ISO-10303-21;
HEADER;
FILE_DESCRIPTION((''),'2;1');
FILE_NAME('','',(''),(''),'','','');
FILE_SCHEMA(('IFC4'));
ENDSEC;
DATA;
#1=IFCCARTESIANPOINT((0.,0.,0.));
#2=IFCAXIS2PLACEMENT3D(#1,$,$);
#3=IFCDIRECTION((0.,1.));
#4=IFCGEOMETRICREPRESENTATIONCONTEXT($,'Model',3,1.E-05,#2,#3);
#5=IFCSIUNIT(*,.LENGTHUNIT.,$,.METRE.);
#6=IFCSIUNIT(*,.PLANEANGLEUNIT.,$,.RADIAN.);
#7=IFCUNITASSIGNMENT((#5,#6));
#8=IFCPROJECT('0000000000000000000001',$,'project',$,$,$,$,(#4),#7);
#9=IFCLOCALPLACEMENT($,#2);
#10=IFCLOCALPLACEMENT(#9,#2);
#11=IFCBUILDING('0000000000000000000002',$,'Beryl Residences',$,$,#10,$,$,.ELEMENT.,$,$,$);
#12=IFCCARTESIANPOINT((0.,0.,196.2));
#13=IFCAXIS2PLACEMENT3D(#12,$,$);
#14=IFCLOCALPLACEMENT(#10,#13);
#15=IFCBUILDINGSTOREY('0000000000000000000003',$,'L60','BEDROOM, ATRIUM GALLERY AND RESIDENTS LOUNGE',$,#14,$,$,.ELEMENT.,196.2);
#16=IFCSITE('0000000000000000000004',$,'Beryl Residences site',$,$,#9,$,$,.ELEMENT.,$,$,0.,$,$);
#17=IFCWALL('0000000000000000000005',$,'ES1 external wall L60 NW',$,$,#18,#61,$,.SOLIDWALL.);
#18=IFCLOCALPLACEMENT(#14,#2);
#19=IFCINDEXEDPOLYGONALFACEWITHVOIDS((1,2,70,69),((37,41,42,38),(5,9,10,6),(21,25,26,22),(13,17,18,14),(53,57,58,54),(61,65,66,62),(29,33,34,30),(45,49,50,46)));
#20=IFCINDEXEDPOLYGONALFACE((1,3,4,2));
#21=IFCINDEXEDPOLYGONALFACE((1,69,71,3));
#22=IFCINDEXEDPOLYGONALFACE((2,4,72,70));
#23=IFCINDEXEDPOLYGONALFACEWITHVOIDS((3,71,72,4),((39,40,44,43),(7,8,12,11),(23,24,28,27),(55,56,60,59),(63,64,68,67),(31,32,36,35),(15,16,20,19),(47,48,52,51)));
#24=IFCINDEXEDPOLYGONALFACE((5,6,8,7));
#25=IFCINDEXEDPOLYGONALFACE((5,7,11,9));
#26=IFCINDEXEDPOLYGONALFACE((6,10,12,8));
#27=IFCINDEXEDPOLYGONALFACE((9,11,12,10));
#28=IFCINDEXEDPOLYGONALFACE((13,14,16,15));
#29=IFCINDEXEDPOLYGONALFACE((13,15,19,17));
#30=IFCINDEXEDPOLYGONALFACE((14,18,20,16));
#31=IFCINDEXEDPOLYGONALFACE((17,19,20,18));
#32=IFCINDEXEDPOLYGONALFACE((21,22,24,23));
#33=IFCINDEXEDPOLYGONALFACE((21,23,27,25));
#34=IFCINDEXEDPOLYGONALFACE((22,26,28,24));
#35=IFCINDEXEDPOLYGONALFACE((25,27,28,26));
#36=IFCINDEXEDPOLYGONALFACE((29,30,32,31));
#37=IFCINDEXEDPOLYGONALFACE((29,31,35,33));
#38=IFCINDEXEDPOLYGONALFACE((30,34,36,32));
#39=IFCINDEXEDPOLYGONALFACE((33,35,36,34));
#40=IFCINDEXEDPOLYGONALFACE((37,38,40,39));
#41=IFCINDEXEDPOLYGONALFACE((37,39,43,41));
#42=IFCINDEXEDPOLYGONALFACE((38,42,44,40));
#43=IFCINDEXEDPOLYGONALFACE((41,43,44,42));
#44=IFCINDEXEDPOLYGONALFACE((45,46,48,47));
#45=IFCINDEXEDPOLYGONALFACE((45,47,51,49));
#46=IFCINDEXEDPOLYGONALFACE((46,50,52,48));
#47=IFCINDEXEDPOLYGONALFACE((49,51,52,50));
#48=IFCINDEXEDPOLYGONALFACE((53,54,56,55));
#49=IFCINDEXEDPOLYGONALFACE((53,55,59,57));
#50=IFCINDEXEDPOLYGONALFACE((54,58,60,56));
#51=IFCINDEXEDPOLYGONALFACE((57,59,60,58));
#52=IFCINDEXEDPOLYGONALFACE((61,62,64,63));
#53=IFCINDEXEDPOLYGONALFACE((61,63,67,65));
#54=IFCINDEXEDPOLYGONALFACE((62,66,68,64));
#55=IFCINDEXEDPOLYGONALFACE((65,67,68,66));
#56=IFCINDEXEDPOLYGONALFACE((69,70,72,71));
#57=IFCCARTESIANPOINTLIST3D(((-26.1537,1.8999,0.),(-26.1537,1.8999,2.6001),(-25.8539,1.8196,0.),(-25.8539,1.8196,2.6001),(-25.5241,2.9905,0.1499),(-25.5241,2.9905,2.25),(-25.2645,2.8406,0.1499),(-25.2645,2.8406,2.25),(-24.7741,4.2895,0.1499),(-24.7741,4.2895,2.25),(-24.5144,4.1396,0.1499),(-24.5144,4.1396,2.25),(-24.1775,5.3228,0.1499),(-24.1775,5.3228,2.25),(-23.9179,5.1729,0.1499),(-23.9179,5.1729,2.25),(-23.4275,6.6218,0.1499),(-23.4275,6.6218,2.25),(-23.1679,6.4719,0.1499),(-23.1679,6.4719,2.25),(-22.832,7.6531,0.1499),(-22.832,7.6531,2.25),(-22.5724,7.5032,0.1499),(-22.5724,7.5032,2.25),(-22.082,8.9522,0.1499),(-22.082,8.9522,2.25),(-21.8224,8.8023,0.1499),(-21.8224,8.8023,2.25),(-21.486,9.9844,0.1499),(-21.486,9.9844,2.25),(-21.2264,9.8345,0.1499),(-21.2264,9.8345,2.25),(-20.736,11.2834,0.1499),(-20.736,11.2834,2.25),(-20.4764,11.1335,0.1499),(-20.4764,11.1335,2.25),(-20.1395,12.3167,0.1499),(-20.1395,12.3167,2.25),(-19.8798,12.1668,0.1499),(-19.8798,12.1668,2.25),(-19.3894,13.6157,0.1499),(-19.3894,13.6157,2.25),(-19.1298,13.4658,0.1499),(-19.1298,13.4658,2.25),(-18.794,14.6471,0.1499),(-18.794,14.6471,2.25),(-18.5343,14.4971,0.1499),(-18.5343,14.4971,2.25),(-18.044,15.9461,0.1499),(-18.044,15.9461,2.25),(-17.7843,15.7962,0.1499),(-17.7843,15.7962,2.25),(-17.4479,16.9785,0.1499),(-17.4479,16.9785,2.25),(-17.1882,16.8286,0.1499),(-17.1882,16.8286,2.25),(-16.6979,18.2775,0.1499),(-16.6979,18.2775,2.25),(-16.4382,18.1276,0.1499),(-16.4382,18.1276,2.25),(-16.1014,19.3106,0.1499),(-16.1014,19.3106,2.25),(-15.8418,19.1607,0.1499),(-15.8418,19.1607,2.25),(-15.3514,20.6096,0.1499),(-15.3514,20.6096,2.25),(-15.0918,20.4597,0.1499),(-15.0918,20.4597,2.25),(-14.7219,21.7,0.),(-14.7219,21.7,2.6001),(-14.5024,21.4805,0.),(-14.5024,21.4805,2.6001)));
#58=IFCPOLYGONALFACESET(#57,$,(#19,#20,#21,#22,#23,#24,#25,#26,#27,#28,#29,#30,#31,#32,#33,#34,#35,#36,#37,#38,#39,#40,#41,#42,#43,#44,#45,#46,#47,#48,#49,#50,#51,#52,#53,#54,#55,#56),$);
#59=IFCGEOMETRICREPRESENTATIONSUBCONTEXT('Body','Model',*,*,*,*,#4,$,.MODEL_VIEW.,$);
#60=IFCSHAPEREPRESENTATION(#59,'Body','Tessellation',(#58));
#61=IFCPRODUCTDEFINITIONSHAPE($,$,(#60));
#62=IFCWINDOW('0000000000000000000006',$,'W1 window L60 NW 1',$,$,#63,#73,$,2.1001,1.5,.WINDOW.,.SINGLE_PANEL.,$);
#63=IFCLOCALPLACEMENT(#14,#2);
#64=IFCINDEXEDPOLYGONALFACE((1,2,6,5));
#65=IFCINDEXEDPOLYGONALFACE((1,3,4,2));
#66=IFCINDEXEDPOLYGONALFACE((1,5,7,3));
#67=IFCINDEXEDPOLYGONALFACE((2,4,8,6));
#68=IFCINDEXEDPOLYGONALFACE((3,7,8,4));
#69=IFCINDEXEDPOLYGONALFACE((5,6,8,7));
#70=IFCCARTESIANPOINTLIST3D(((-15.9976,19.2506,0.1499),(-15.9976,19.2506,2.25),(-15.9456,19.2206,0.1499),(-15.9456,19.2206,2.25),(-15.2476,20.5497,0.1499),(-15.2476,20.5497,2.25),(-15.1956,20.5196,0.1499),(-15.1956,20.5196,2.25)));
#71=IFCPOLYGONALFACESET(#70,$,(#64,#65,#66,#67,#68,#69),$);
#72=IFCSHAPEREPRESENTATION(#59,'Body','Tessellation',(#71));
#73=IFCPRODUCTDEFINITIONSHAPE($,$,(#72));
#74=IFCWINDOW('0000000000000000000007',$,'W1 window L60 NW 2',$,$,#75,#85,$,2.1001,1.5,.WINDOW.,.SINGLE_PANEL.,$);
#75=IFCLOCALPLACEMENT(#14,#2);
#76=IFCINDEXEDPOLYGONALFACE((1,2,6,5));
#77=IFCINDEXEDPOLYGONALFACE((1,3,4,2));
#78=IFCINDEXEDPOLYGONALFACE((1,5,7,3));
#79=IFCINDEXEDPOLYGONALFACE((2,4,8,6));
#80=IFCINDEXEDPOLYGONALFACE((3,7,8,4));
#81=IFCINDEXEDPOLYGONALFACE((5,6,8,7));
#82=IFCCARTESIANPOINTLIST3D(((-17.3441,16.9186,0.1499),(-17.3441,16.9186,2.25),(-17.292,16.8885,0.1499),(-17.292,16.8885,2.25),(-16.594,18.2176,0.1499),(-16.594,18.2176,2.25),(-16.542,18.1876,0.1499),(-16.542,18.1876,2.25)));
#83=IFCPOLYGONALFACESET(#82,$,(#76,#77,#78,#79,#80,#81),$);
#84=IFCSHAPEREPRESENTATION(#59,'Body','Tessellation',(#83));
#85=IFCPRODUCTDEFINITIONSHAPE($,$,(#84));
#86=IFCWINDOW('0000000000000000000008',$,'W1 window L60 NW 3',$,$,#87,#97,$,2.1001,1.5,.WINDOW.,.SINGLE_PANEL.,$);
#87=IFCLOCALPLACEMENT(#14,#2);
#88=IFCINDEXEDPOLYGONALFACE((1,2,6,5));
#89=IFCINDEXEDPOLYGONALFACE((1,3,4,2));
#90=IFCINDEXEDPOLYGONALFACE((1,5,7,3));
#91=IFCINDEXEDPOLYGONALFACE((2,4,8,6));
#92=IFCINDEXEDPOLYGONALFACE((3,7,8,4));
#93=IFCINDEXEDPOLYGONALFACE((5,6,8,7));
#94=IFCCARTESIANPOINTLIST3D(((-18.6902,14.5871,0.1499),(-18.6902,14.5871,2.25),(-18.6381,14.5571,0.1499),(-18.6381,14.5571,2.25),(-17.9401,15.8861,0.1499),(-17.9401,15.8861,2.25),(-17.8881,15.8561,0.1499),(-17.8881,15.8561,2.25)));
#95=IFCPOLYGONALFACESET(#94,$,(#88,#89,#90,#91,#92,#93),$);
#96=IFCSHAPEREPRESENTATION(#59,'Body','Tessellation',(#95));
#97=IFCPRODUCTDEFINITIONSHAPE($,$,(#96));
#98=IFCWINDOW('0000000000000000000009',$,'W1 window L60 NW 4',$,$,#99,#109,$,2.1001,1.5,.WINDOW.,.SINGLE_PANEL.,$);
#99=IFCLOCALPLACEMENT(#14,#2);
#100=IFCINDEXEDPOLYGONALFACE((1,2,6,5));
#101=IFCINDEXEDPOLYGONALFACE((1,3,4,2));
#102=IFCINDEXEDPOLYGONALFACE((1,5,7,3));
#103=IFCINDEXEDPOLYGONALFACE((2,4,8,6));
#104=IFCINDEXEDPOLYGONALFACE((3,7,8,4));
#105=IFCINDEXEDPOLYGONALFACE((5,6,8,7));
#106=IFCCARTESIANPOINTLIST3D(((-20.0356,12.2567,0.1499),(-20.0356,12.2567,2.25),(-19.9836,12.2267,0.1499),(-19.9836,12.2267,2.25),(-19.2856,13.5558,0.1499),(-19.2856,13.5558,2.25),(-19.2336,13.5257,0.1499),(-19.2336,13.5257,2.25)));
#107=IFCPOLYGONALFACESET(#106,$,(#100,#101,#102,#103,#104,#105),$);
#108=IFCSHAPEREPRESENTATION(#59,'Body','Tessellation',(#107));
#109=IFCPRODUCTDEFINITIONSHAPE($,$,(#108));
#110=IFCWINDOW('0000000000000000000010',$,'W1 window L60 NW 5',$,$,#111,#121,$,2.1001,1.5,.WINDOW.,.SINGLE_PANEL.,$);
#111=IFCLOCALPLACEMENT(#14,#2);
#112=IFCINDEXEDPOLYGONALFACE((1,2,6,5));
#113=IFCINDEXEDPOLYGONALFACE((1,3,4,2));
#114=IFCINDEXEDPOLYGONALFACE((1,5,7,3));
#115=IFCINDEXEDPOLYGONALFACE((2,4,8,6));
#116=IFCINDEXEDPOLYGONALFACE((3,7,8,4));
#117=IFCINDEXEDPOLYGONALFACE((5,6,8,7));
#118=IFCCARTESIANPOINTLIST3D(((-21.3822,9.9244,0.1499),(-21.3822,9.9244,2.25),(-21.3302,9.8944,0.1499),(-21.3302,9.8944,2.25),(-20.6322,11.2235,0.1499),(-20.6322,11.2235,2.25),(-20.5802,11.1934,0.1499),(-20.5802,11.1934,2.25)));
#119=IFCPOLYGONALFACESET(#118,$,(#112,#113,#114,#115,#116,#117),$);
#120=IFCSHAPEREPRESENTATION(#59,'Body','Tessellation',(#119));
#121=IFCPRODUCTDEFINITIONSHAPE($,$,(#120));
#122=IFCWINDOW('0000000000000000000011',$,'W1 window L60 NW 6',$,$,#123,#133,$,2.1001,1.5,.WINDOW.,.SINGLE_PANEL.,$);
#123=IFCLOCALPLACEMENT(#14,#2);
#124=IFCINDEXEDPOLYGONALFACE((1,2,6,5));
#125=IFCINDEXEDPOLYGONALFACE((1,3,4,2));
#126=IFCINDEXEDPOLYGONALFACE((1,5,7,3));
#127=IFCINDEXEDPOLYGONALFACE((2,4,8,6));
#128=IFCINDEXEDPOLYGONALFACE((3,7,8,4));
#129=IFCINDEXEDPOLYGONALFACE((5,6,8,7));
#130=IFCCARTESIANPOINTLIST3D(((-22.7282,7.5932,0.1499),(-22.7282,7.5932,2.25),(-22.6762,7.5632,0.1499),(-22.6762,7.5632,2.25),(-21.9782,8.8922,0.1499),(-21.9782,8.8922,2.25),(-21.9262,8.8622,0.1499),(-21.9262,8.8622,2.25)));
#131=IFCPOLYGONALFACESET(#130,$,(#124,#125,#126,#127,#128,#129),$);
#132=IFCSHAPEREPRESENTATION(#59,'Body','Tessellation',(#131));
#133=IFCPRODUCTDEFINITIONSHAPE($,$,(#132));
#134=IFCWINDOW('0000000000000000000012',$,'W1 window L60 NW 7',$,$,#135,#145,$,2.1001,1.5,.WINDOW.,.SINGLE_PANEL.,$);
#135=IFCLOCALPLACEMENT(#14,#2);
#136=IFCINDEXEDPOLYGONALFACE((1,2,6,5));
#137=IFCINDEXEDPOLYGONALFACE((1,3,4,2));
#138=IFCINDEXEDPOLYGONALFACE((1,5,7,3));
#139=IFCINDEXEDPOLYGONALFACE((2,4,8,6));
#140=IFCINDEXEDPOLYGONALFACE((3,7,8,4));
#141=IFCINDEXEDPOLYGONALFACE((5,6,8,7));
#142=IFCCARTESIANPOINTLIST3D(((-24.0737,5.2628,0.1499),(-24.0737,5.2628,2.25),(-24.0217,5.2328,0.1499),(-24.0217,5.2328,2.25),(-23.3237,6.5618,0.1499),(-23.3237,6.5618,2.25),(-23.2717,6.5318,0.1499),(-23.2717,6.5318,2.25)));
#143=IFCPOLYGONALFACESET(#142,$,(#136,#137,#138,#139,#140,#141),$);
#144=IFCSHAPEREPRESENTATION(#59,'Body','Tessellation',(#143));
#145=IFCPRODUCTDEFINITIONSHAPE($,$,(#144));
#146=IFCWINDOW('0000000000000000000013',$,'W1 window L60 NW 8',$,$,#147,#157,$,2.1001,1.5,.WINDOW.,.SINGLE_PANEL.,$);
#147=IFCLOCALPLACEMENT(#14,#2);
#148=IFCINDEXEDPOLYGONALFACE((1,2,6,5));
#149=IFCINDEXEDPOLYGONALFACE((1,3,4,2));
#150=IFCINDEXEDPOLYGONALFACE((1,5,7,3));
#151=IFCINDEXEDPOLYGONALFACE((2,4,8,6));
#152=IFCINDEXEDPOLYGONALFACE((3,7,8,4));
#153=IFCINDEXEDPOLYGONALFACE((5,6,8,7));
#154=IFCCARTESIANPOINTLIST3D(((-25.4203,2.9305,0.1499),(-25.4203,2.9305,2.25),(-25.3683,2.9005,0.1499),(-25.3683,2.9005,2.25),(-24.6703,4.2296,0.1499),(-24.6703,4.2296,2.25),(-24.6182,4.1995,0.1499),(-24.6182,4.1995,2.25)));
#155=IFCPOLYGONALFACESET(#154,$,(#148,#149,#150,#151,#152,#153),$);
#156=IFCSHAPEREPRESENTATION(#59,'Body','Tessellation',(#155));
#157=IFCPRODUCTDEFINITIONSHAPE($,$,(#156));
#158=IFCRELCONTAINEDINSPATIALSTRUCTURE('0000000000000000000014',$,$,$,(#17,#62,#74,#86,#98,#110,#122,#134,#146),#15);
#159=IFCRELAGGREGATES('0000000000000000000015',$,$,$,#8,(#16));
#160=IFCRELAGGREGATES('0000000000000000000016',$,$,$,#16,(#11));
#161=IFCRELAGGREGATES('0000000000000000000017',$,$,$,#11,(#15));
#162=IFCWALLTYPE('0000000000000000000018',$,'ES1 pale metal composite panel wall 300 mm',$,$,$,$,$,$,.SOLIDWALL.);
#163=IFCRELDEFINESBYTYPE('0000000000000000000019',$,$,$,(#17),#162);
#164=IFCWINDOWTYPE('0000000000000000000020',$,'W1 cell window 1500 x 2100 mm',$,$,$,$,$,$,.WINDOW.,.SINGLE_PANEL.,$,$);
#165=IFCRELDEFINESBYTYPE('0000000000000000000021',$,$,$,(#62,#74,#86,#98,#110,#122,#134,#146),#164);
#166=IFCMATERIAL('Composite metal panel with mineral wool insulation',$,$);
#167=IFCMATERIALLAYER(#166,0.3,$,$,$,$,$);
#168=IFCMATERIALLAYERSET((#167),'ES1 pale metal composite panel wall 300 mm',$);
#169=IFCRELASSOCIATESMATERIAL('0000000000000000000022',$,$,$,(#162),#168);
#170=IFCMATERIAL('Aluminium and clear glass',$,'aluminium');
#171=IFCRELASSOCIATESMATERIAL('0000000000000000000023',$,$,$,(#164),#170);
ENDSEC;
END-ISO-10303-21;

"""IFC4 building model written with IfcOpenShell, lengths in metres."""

from ifc_helpers import new_model, si_unit, direction, frame, frame_2d, origin, place, context, subcontext, project, spatial, polyline, rectangle, outline, extrude, material, layer, layer_set, type_object, element, fill, save


model = new_model("IFC4")

# Units and contexts
model_context = context("Model", 3, precision=1e-05, world=origin(), true_north=direction((0.0, 1.0)))
body_context = subcontext(model_context, "Body", "Model", "MODEL_VIEW")
ifc_project = project(units=[si_unit("LENGTHUNIT", "METRE"), si_unit("PLANEANGLEUNIT", "RADIAN")], contexts=[model_context])

# Site, building, storey
site_placement = place(None, origin())
site = spatial("IfcSite", under=ifc_project, at=site_placement, Name="Beryl Residences site", CompositionType="ELEMENT", RefElevation=0.0)
building_placement = place(site_placement, origin())
building = spatial("IfcBuilding", under=site, at=building_placement, Name="Beryl Residences", CompositionType="ELEMENT")
storey_placement = place(building_placement, frame((0.0, 0.0, 196.2)))
storey = spatial("IfcBuildingStorey", under=building, at=storey_placement, Name="L60", Description="BEDROOM, ATRIUM GALLERY AND RESIDENTS LOUNGE", CompositionType="ELEMENT", Elevation=196.2)

# Wall, openings, windows
ifc_material_1 = material(Name="Composite metal panel with mineral wool insulation")
ifc_layer_1 = layer(ifc_material_1, 0.3)
ifc_layer_set_1 = layer_set([ifc_layer_1], Name="ES1 pale metal composite panel wall 300 mm")
wall_type_1 = type_object("IfcWallType", Name="ES1 pale metal composite panel wall 300 mm", PredefinedType="SOLIDWALL", material=ifc_layer_set_1)
wall_1_placement = place(storey_placement, frame((-14.592, 21.625, 0.0), z_axis=(0.0, 0.0, 1.0), x_axis=(-0.500011, -0.866019, 0.0)))
wall_1 = element("IfcWall", 1, at=wall_1_placement, inside=storey, type_object=wall_type_1, Name="ES1 external wall L60 NW", PredefinedType="SOLIDWALL", context=body_context, shape_type="SweptSolid", body=[
    extrude(outline(polyline([(0.0, -0.1499), (22.8633, -0.1499), (22.783, 0.1499), (0.0803, 0.1499), (0.0, -0.1499)])), origin(), (0.0, 0.0, 1.0), 2.6001),
])
opening_1_placement = place(wall_1_placement, frame((1.259, 0.0, 0.1499)))
opening_1 = element("IfcOpeningElement", 2, at=opening_1_placement, cuts=wall_1, PredefinedType="OPENING", context=body_context, shape_type="SweptSolid", body=[
    extrude(rectangle(XDim=1.5, YDim=2.1001, at=frame_2d((0.75, 1.05))), frame((0.0, 0.1599, 0.0), z_axis=(0.0, -1.0, 0.0), x_axis=(1.0, 0.0, 0.0)), (0.0, 0.0, 1.0), 0.3201),
])
opening_2_placement = place(wall_1_placement, frame((3.9519, 0.0, 0.1499)))
opening_2 = element("IfcOpeningElement", 3, at=opening_2_placement, cuts=wall_1, PredefinedType="OPENING", context=body_context, shape_type="SweptSolid", body=[
    extrude(rectangle(XDim=1.5, YDim=2.1001, at=frame_2d((0.75, 1.05))), frame((0.0, 0.1599, 0.0), z_axis=(0.0, -1.0, 0.0), x_axis=(1.0, 0.0, 0.0)), (0.0, 0.0, 1.0), 0.3201),
])
opening_3_placement = place(wall_1_placement, frame((6.644, 0.0, 0.1499)))
opening_3 = element("IfcOpeningElement", 4, at=opening_3_placement, cuts=wall_1, PredefinedType="OPENING", context=body_context, shape_type="SweptSolid", body=[
    extrude(rectangle(XDim=1.5, YDim=2.1001, at=frame_2d((0.75, 1.05))), frame((0.0, 0.1599, 0.0), z_axis=(0.0, -1.0, 0.0), x_axis=(1.0, 0.0, 0.0)), (0.0, 0.0, 1.0), 0.3201),
])
opening_4_placement = place(wall_1_placement, frame((9.335, 0.0, 0.1499)))
opening_4 = element("IfcOpeningElement", 5, at=opening_4_placement, cuts=wall_1, PredefinedType="OPENING", context=body_context, shape_type="SweptSolid", body=[
    extrude(rectangle(XDim=1.5, YDim=2.1001, at=frame_2d((0.75, 1.05))), frame((0.0, 0.1599, 0.0), z_axis=(0.0, -1.0, 0.0), x_axis=(1.0, 0.0, 0.0)), (0.0, 0.0, 1.0), 0.3201),
])
opening_5_placement = place(wall_1_placement, frame((12.0281, 0.0, 0.1499)))
opening_5 = element("IfcOpeningElement", 6, at=opening_5_placement, cuts=wall_1, PredefinedType="OPENING", context=body_context, shape_type="SweptSolid", body=[
    extrude(rectangle(XDim=1.5, YDim=2.1001, at=frame_2d((0.75, 1.05))), frame((0.0, 0.1599, 0.0), z_axis=(0.0, -1.0, 0.0), x_axis=(1.0, 0.0, 0.0)), (0.0, 0.0, 1.0), 0.3201),
])
opening_6_placement = place(wall_1_placement, frame((14.72, 0.0, 0.1499)))
opening_6 = element("IfcOpeningElement", 7, at=opening_6_placement, cuts=wall_1, PredefinedType="OPENING", context=body_context, shape_type="SweptSolid", body=[
    extrude(rectangle(XDim=1.5, YDim=2.1001, at=frame_2d((0.75, 1.05))), frame((0.0, 0.1599, 0.0), z_axis=(0.0, -1.0, 0.0), x_axis=(1.0, 0.0, 0.0)), (0.0, 0.0, 1.0), 0.3201),
])
opening_7_placement = place(wall_1_placement, frame((17.4109, 0.0, 0.1499)))
opening_7 = element("IfcOpeningElement", 8, at=opening_7_placement, cuts=wall_1, PredefinedType="OPENING", context=body_context, shape_type="SweptSolid", body=[
    extrude(rectangle(XDim=1.5, YDim=2.1001, at=frame_2d((0.75, 1.05))), frame((0.0, 0.1599, 0.0), z_axis=(0.0, -1.0, 0.0), x_axis=(1.0, 0.0, 0.0)), (0.0, 0.0, 1.0), 0.3201),
])
opening_8_placement = place(wall_1_placement, frame((20.104, 0.0, 0.1499)))
opening_8 = element("IfcOpeningElement", 9, at=opening_8_placement, cuts=wall_1, PredefinedType="OPENING", context=body_context, shape_type="SweptSolid", body=[
    extrude(rectangle(XDim=1.5, YDim=2.1001, at=frame_2d((0.75, 1.05))), frame((0.0, 0.1599, 0.0), z_axis=(0.0, -1.0, 0.0), x_axis=(1.0, 0.0, 0.0)), (0.0, 0.0, 1.0), 0.3201),
])
ifc_material_2 = material(Name="Aluminium and clear glass", Category="aluminium")
window_type = type_object("IfcWindowType", Name="W1 cell window 1500 x 2100 mm", PartitioningType="SINGLE_PANEL", PredefinedType="WINDOW", material=ifc_material_2)
window_1_placement = place(opening_1_placement, origin())
window_1 = element("IfcWindow", 10, at=window_1_placement, inside=storey, type_object=window_type, Name="W1 window L60 NW 1", OverallHeight=2.1001, OverallWidth=1.5, PartitioningType="SINGLE_PANEL", PredefinedType="WINDOW", context=body_context, shape_type="SweptSolid", body=[
    extrude(rectangle(XDim=1.5, YDim=2.1001, at=frame_2d((0.75, 1.05))), frame((0.0, 0.03, 0.0), z_axis=(0.0, -1.0, 0.0), x_axis=(1.0, 0.0, 0.0)), (0.0, 0.0, 1.0), 0.0601),
])
fill(opening_1, window_1)
window_2_placement = place(opening_2_placement, origin())
window_2 = element("IfcWindow", 11, at=window_2_placement, inside=storey, type_object=window_type, Name="W1 window L60 NW 2", OverallHeight=2.1001, OverallWidth=1.5, PartitioningType="SINGLE_PANEL", PredefinedType="WINDOW", context=body_context, shape_type="SweptSolid", body=[
    extrude(rectangle(XDim=1.5, YDim=2.1001, at=frame_2d((0.75, 1.05))), frame((0.0, 0.03, 0.0), z_axis=(0.0, -1.0, 0.0), x_axis=(1.0, 0.0, 0.0)), (0.0, 0.0, 1.0), 0.0601),
])
fill(opening_2, window_2)
window_3_placement = place(opening_3_placement, origin())
window_3 = element("IfcWindow", 12, at=window_3_placement, inside=storey, type_object=window_type, Name="W1 window L60 NW 3", OverallHeight=2.1001, OverallWidth=1.5, PartitioningType="SINGLE_PANEL", PredefinedType="WINDOW", context=body_context, shape_type="SweptSolid", body=[
    extrude(rectangle(XDim=1.5, YDim=2.1001, at=frame_2d((0.75, 1.05))), frame((0.0, 0.03, 0.0), z_axis=(0.0, -1.0, 0.0), x_axis=(1.0, 0.0, 0.0)), (0.0, 0.0, 1.0), 0.0601),
])
fill(opening_3, window_3)
window_4_placement = place(opening_4_placement, origin())
window_4 = element("IfcWindow", 13, at=window_4_placement, inside=storey, type_object=window_type, Name="W1 window L60 NW 4", OverallHeight=2.1001, OverallWidth=1.5, PartitioningType="SINGLE_PANEL", PredefinedType="WINDOW", context=body_context, shape_type="SweptSolid", body=[
    extrude(rectangle(XDim=1.5, YDim=2.1001, at=frame_2d((0.75, 1.05))), frame((0.0, 0.03, 0.0), z_axis=(0.0, -1.0, 0.0), x_axis=(1.0, 0.0, 0.0)), (0.0, 0.0, 1.0), 0.0601),
])
fill(opening_4, window_4)
window_5_placement = place(opening_5_placement, origin())
window_5 = element("IfcWindow", 14, at=window_5_placement, inside=storey, type_object=window_type, Name="W1 window L60 NW 5", OverallHeight=2.1001, OverallWidth=1.5, PartitioningType="SINGLE_PANEL", PredefinedType="WINDOW", context=body_context, shape_type="SweptSolid", body=[
    extrude(rectangle(XDim=1.5, YDim=2.1001, at=frame_2d((0.75, 1.05))), frame((0.0, 0.03, 0.0), z_axis=(0.0, -1.0, 0.0), x_axis=(1.0, 0.0, 0.0)), (0.0, 0.0, 1.0), 0.0601),
])
fill(opening_5, window_5)
window_6_placement = place(opening_6_placement, origin())
window_6 = element("IfcWindow", 15, at=window_6_placement, inside=storey, type_object=window_type, Name="W1 window L60 NW 6", OverallHeight=2.1001, OverallWidth=1.5, PartitioningType="SINGLE_PANEL", PredefinedType="WINDOW", context=body_context, shape_type="SweptSolid", body=[
    extrude(rectangle(XDim=1.5, YDim=2.1001, at=frame_2d((0.75, 1.05))), frame((0.0, 0.03, 0.0), z_axis=(0.0, -1.0, 0.0), x_axis=(1.0, 0.0, 0.0)), (0.0, 0.0, 1.0), 0.0601),
])
fill(opening_6, window_6)
window_7_placement = place(opening_7_placement, origin())
window_7 = element("IfcWindow", 16, at=window_7_placement, inside=storey, type_object=window_type, Name="W1 window L60 NW 7", OverallHeight=2.1001, OverallWidth=1.5, PartitioningType="SINGLE_PANEL", PredefinedType="WINDOW", context=body_context, shape_type="SweptSolid", body=[
    extrude(rectangle(XDim=1.5, YDim=2.1001, at=frame_2d((0.75, 1.05))), frame((0.0, 0.03, 0.0), z_axis=(0.0, -1.0, 0.0), x_axis=(1.0, 0.0, 0.0)), (0.0, 0.0, 1.0), 0.0601),
])
fill(opening_7, window_7)
window_8_placement = place(opening_8_placement, origin())
window_8 = element("IfcWindow", 17, at=window_8_placement, inside=storey, type_object=window_type, Name="W1 window L60 NW 8", OverallHeight=2.1001, OverallWidth=1.5, PartitioningType="SINGLE_PANEL", PredefinedType="WINDOW", context=body_context, shape_type="SweptSolid", body=[
    extrude(rectangle(XDim=1.5, YDim=2.1001, at=frame_2d((0.75, 1.05))), frame((0.0, 0.03, 0.0), z_axis=(0.0, -1.0, 0.0), x_axis=(1.0, 0.0, 0.0)), (0.0, 0.0, 1.0), 0.0601),
])
fill(opening_8, window_8)

save(model, "model.ifc")
